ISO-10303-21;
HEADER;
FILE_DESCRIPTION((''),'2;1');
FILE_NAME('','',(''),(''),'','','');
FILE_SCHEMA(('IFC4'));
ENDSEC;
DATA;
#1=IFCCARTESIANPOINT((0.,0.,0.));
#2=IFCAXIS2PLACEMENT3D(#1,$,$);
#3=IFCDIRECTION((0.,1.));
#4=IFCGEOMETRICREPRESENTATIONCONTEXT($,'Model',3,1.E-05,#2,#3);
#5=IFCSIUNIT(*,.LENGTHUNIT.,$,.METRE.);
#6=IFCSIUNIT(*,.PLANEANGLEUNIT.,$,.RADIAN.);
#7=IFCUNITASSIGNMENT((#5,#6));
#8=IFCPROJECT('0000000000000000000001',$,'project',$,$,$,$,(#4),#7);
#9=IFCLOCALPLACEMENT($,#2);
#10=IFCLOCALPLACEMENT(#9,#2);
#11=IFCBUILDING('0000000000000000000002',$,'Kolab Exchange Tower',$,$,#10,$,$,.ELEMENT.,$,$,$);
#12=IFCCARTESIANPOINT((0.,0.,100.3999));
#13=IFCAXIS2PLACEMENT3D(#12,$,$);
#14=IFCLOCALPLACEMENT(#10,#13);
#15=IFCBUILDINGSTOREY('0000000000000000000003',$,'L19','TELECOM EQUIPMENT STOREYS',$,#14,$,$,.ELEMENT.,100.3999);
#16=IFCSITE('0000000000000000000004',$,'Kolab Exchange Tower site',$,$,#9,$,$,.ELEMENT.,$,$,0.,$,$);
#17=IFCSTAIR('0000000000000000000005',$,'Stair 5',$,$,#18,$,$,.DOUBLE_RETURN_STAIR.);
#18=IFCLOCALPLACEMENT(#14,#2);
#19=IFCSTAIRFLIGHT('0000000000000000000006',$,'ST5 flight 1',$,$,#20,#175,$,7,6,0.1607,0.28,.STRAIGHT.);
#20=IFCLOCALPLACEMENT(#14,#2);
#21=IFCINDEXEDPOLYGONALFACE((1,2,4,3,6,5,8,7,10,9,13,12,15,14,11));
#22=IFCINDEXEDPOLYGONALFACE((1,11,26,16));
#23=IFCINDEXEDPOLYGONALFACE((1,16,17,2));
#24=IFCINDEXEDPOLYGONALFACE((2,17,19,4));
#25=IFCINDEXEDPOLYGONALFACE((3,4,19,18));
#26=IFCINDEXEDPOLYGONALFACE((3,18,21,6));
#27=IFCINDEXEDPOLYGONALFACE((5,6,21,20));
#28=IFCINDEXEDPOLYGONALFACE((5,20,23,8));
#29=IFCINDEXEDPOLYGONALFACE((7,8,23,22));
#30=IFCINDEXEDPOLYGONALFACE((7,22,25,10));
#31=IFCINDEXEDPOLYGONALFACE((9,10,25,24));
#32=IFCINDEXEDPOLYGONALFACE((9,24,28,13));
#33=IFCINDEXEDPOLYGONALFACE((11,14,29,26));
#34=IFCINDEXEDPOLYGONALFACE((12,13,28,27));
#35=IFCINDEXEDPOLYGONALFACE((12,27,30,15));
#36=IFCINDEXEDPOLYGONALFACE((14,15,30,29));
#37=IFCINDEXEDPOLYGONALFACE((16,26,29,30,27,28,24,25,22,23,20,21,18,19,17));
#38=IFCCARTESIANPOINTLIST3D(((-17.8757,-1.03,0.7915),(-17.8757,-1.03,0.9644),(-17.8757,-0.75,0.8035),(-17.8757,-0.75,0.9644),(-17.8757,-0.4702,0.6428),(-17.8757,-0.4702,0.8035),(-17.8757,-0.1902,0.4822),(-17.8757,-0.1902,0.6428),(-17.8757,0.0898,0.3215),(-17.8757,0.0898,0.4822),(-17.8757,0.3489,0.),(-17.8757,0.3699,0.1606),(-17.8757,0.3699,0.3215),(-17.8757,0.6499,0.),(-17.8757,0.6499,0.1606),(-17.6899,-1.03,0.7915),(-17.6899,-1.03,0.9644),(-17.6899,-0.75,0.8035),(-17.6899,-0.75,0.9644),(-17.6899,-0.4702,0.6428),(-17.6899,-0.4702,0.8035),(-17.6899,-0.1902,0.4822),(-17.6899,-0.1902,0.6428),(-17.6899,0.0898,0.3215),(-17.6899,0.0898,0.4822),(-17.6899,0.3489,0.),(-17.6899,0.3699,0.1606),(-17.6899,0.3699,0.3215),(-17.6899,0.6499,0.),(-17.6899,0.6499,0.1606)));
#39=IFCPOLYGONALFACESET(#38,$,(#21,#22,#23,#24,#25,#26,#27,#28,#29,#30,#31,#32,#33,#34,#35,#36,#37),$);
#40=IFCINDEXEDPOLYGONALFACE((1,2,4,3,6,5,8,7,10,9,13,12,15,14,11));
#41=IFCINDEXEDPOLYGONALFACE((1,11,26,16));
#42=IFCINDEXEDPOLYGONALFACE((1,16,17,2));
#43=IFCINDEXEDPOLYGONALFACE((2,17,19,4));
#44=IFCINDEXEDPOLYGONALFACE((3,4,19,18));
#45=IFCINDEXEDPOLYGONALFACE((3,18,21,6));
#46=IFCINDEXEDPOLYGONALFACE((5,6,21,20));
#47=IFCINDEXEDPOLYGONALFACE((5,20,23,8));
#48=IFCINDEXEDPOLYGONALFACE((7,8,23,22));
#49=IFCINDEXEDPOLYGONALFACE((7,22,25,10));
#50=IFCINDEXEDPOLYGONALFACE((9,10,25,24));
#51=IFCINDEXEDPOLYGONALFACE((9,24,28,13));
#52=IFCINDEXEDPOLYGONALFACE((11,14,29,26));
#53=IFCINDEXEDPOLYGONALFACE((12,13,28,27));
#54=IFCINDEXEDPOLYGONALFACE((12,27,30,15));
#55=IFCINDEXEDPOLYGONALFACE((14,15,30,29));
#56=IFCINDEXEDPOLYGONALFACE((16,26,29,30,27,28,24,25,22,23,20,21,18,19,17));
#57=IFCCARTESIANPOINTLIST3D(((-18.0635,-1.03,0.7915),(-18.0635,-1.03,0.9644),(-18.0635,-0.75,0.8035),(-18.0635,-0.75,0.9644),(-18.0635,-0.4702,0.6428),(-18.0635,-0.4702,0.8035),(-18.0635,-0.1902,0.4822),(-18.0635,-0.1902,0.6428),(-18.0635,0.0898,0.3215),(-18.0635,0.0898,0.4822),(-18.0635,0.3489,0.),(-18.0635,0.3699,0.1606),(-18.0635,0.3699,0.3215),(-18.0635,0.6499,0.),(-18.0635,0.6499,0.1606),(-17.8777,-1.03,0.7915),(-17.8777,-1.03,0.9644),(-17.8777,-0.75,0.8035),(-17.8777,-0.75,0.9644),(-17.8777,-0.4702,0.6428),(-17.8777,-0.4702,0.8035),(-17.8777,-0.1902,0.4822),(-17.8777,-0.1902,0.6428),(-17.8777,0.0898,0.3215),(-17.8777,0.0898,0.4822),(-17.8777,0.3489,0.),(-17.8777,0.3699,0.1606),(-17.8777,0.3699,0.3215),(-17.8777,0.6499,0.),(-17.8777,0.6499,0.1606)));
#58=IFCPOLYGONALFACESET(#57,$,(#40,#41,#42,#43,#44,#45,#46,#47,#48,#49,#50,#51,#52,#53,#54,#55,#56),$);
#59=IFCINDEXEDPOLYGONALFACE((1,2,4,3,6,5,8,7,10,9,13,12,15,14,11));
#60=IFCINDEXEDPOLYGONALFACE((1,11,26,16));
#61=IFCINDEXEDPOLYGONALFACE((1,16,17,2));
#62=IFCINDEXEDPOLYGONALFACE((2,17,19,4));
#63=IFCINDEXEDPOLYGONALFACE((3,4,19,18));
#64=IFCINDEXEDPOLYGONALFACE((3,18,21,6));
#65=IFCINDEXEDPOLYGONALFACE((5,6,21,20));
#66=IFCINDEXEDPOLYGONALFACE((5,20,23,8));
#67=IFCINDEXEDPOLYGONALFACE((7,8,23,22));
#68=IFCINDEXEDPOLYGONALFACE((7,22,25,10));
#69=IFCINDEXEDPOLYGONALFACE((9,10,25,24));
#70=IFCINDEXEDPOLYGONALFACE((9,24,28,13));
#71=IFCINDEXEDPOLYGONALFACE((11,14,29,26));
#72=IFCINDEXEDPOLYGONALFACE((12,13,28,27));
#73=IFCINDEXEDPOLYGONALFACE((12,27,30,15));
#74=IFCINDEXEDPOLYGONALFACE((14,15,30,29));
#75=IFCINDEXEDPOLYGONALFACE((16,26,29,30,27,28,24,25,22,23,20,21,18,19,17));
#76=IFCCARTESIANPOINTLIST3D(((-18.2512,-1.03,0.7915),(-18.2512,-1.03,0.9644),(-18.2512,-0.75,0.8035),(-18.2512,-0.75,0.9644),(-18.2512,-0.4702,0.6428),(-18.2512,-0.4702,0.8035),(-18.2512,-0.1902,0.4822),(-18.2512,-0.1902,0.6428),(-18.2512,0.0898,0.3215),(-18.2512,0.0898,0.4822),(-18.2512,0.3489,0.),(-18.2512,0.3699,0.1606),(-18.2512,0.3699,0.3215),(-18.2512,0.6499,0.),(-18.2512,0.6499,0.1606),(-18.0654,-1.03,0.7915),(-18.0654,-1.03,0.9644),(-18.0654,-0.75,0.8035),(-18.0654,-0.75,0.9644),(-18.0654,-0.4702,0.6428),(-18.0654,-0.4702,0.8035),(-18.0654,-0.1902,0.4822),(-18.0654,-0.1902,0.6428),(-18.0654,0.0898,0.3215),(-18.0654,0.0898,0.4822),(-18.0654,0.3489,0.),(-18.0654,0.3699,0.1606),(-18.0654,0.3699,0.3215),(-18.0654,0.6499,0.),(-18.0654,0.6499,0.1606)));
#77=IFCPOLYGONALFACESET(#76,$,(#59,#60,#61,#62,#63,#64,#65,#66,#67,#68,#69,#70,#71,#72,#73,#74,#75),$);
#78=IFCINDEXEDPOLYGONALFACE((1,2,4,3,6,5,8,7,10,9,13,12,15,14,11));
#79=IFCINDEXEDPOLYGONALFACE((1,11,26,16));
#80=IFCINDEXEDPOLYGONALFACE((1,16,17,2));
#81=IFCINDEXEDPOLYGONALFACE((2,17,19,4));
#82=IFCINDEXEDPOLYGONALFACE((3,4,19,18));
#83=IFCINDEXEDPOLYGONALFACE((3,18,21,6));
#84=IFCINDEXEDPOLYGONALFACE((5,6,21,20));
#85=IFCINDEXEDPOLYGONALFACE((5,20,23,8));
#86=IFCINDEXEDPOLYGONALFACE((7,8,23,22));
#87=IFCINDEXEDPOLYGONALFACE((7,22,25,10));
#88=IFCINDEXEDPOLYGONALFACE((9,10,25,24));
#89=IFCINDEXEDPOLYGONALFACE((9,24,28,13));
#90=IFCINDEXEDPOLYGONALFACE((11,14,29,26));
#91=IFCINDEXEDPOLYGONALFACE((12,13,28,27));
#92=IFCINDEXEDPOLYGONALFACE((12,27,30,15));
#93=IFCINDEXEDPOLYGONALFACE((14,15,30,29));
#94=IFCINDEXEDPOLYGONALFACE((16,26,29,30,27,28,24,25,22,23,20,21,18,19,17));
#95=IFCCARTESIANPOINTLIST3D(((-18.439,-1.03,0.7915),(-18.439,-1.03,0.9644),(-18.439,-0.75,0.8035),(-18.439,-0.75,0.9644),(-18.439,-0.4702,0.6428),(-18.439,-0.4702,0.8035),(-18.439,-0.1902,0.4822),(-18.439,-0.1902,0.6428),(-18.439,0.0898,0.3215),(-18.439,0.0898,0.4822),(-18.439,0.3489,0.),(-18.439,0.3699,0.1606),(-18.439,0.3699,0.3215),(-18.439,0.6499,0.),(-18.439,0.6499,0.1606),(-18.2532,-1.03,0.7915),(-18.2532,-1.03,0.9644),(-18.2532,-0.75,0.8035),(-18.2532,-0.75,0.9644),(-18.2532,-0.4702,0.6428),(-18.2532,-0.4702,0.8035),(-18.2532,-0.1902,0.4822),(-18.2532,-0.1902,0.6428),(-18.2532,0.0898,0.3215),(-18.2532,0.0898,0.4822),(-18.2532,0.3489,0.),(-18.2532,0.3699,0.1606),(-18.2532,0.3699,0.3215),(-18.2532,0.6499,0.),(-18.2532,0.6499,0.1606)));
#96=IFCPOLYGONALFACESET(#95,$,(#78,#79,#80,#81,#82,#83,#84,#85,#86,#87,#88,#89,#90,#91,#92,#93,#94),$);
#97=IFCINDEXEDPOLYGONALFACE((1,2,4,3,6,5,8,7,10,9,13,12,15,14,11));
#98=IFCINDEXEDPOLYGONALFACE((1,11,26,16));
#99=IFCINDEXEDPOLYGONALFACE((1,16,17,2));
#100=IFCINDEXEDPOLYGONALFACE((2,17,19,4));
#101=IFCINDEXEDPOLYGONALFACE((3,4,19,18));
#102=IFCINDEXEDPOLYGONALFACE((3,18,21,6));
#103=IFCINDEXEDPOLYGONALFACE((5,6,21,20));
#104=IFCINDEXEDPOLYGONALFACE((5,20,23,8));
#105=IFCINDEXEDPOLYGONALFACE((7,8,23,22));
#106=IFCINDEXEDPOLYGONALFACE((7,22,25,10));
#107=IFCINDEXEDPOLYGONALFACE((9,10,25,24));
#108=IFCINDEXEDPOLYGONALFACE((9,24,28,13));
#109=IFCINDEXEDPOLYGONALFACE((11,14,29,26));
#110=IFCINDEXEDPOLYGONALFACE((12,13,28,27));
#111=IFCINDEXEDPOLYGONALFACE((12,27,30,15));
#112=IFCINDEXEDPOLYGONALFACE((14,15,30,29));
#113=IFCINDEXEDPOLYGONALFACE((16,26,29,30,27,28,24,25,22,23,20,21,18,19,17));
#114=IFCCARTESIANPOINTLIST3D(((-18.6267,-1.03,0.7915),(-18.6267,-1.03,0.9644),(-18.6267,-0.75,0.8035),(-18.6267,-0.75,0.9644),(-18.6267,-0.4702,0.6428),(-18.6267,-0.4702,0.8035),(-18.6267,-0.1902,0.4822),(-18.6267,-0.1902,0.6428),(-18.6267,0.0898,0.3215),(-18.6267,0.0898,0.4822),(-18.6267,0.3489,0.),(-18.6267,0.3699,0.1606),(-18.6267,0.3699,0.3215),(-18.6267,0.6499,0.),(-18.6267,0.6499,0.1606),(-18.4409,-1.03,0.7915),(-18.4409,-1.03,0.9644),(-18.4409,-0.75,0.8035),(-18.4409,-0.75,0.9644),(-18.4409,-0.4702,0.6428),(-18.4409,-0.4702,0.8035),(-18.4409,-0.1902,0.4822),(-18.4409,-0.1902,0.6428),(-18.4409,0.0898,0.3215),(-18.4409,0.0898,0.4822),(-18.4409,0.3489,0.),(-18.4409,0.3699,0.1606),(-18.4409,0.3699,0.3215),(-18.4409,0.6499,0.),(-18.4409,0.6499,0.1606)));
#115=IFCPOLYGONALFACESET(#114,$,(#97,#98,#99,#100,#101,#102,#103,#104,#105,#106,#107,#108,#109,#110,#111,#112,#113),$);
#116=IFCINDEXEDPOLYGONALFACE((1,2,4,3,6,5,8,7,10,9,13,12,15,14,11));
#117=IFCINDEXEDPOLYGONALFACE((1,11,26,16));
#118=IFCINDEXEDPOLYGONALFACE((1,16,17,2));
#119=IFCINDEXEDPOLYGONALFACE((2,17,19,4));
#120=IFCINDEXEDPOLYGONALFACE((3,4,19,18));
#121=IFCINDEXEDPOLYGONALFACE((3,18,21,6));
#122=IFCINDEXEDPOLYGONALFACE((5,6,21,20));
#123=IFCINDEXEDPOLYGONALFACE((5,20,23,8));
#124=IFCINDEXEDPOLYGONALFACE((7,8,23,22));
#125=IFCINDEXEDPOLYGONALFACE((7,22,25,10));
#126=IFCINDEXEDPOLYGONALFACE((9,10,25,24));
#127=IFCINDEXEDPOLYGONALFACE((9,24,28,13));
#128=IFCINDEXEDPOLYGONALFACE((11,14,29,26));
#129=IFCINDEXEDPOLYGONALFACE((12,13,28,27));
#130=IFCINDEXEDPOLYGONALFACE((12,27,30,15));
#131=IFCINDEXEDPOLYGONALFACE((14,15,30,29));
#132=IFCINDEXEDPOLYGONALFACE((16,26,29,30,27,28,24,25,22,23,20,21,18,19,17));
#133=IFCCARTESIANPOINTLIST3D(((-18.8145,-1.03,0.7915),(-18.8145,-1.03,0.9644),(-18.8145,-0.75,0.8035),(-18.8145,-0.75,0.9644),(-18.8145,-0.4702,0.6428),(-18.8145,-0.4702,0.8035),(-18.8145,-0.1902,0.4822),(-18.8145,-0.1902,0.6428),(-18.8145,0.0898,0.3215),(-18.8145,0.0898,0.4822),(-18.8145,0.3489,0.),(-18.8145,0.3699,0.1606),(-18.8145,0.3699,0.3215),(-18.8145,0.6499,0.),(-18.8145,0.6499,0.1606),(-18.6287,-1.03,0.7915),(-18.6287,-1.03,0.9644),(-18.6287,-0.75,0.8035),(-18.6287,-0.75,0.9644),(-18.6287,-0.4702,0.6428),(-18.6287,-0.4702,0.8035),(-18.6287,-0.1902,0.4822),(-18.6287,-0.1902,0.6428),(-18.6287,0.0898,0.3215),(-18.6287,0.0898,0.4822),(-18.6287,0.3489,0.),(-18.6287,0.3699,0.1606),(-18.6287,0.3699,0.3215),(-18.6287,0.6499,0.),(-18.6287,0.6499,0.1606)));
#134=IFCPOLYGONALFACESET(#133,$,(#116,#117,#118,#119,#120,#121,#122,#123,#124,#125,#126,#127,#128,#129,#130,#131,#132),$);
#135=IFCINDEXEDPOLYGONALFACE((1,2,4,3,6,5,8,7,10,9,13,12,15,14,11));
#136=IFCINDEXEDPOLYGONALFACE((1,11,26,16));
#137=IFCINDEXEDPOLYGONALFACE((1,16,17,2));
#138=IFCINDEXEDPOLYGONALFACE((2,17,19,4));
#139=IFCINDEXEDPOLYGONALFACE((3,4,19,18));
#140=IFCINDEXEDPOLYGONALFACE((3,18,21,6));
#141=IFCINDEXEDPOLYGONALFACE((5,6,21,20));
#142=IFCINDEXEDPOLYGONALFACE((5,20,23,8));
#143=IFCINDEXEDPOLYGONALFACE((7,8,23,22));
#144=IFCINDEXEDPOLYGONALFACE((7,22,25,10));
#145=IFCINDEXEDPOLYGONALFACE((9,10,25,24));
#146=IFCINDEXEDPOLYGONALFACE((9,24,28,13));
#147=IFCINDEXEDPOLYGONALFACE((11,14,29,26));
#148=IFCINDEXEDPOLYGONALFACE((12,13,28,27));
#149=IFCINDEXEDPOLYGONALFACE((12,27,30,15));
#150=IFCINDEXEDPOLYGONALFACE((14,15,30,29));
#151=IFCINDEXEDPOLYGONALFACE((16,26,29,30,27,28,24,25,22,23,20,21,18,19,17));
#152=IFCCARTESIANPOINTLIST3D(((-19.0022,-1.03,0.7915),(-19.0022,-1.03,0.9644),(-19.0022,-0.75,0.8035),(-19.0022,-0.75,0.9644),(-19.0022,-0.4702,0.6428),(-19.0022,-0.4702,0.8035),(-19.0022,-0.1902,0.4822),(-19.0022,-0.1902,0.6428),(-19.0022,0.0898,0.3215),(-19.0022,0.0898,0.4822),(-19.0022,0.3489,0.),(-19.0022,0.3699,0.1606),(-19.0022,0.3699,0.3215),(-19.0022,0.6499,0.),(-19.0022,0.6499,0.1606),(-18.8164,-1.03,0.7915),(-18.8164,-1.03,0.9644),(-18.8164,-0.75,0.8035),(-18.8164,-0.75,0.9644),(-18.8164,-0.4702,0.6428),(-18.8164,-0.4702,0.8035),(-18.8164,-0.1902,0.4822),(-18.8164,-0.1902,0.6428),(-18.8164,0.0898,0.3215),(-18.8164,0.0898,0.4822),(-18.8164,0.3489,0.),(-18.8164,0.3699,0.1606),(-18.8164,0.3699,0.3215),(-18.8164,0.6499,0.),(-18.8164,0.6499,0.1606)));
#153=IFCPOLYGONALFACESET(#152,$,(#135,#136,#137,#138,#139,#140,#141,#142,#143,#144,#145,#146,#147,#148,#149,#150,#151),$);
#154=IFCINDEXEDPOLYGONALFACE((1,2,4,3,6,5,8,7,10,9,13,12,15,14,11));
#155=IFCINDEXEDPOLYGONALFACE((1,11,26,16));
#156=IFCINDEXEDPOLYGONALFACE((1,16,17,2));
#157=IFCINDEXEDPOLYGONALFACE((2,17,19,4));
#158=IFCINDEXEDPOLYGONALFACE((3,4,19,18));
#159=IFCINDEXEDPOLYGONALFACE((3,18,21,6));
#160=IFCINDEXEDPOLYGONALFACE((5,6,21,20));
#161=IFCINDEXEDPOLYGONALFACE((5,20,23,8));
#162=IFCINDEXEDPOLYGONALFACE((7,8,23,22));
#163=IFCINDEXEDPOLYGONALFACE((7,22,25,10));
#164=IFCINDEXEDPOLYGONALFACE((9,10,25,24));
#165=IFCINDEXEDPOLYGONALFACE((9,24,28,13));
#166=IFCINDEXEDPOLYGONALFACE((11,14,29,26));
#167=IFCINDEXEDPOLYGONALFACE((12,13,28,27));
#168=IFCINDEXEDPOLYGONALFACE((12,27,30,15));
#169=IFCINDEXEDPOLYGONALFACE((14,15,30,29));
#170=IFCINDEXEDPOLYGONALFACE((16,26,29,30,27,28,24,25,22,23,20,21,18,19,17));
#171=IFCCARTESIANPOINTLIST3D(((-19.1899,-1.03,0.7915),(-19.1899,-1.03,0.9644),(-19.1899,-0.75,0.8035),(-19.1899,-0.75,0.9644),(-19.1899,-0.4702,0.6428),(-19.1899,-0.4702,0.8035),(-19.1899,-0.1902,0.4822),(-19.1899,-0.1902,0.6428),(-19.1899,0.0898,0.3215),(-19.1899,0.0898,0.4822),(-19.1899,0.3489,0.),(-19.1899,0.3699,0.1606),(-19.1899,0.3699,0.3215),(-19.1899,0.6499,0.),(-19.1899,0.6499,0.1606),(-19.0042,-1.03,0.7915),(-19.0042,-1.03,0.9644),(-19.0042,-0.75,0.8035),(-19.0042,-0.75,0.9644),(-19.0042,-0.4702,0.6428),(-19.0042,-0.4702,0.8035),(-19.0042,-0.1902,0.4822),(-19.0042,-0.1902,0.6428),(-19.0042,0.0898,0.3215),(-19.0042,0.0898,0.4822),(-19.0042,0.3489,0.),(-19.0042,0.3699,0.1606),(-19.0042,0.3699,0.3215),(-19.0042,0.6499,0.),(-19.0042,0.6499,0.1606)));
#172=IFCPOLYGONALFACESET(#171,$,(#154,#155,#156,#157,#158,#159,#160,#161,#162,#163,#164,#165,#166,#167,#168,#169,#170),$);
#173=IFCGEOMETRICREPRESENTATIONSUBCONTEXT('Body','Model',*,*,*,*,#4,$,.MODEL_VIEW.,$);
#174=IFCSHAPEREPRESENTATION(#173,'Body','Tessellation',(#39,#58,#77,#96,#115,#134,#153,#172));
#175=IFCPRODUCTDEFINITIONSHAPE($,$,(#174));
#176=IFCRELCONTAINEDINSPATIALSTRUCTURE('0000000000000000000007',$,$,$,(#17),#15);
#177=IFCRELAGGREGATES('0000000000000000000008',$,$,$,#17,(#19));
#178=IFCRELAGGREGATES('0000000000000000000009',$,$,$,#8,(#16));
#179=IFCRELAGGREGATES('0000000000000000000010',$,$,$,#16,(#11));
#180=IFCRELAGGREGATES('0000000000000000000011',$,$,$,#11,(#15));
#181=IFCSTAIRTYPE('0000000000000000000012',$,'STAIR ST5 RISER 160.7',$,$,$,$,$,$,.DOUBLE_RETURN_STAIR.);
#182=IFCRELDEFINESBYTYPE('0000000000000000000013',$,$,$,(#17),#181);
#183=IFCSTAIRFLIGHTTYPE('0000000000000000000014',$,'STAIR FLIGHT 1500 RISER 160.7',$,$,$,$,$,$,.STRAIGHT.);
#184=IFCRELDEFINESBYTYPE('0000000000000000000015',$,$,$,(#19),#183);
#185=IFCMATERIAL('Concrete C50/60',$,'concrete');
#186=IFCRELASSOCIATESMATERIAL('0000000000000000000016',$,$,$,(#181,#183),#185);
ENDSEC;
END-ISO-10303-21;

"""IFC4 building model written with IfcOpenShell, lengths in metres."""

from ifc_helpers import new_model, si_unit, direction, frame, origin, place, context, subcontext, project, spatial, polyline, outline, extrude, material, type_object, element, aggregate, save


model = new_model("IFC4")

# Units and contexts
model_context = context("Model", 3, precision=1e-05, world=origin(), true_north=direction((0.0, 1.0)))
body_context = subcontext(model_context, "Body", "Model", "MODEL_VIEW")
ifc_project = project(units=[si_unit("LENGTHUNIT", "METRE"), si_unit("PLANEANGLEUNIT", "RADIAN")], contexts=[model_context])

# Site, building, storey
site_placement = place(None, origin())
site = spatial("IfcSite", under=ifc_project, at=site_placement, Name="Kolab Exchange Tower site", CompositionType="ELEMENT", RefElevation=0.0)
building_placement = place(site_placement, origin())
building = spatial("IfcBuilding", under=site, at=building_placement, Name="Kolab Exchange Tower", CompositionType="ELEMENT")
storey_placement = place(building_placement, frame((0.0, 0.0, 100.3999)))
storey = spatial("IfcBuildingStorey", under=building, at=storey_placement, Name="L19", Description="TELECOM EQUIPMENT STOREYS", CompositionType="ELEMENT", Elevation=100.3999)

# Shared definitions
ifc_material_1 = material(Name="Concrete C50/60", Category="concrete")

# Stair, stair flight
stair_type = type_object("IfcStairType", Name="STAIR ST5 RISER 160.7", PredefinedType="DOUBLE_RETURN_STAIR", material=ifc_material_1)
stair_placement = place(storey_placement, origin())
stair = element("IfcStair", 1, at=stair_placement, inside=storey, type_object=stair_type, Name="Stair 5", PredefinedType="DOUBLE_RETURN_STAIR")
stair_flight_type = type_object("IfcStairFlightType", Name="STAIR FLIGHT 1500 RISER 160.7", PredefinedType="STRAIGHT", material=ifc_material_1)
stair_flight_1_placement = place(storey_placement, frame((-18.4399, 0.6499, 0.0), z_axis=(0.0, 0.0, 1.0), x_axis=(0.0, -1.0, 0.0)))
stair_flight_1 = element("IfcStairFlight", 2, at=stair_flight_1_placement, type_object=stair_flight_type, Name="ST5 flight 1", NumberOfRisers=7, NumberOfTreads=6, PredefinedType="STRAIGHT", RiserHeight=0.1607, TreadLength=0.28, context=body_context, shape_type="SweptSolid", body=[
    extrude(outline(polyline([(0.0, 0.0), (0.0, 0.1606), (0.28, 0.1606), (0.28, 0.3215), (0.5601, 0.3215), (0.5601, 0.4822), (0.8401, 0.4822), (0.8401, 0.6428), (1.1201, 0.6428), (1.1201, 0.8035), (1.3999, 0.8035), (1.3999, 0.9644), (1.6799, 0.9644), (1.6799, 1.125), (1.6799, 0.7915), (0.301, 0.0), (0.0, 0.0)])), frame((0.0, 0.75, 0.0), z_axis=(0.0, -1.0, 0.0), x_axis=(1.0, 0.0, 0.0)), (0.0, 0.0, 1.0), 0.1858),
    extrude(outline(polyline([(0.0, 0.0), (0.0, 0.1606), (0.28, 0.1606), (0.28, 0.3215), (0.5601, 0.3215), (0.5601, 0.4822), (0.8401, 0.4822), (0.8401, 0.6428), (1.1201, 0.6428), (1.1201, 0.8035), (1.3999, 0.8035), (1.3999, 0.9644), (1.6799, 0.9644), (1.6799, 1.125), (1.6799, 0.7915), (0.301, 0.0), (0.0, 0.0)])), frame((0.0, 0.5623, 0.0), z_axis=(0.0, -1.0, 0.0), x_axis=(1.0, 0.0, 0.0)), (0.0, 0.0, 1.0), 0.1858),
    extrude(outline(polyline([(0.0, 0.0), (0.0, 0.1606), (0.28, 0.1606), (0.28, 0.3215), (0.5601, 0.3215), (0.5601, 0.4822), (0.8401, 0.4822), (0.8401, 0.6428), (1.1201, 0.6428), (1.1201, 0.8035), (1.3999, 0.8035), (1.3999, 0.9644), (1.6799, 0.9644), (1.6799, 1.125), (1.6799, 0.7915), (0.301, 0.0), (0.0, 0.0)])), frame((0.0, 0.3745, 0.0), z_axis=(0.0, -1.0, 0.0), x_axis=(1.0, 0.0, 0.0)), (0.0, 0.0, 1.0), 0.1858),
    extrude(outline(polyline([(0.0, 0.0), (0.0, 0.1606), (0.28, 0.1606), (0.28, 0.3215), (0.5601, 0.3215), (0.5601, 0.4822), (0.8401, 0.4822), (0.8401, 0.6428), (1.1201, 0.6428), (1.1201, 0.8035), (1.3999, 0.8035), (1.3999, 0.9644), (1.6799, 0.9644), (1.6799, 1.125), (1.6799, 0.7915), (0.301, 0.0), (0.0, 0.0)])), frame((0.0, 0.1868, 0.0), z_axis=(0.0, -1.0, 0.0), x_axis=(1.0, 0.0, 0.0)), (0.0, 0.0, 1.0), 0.1858),
    extrude(outline(polyline([(0.0, 0.0), (0.0, 0.1606), (0.28, 0.1606), (0.28, 0.3215), (0.5601, 0.3215), (0.5601, 0.4822), (0.8401, 0.4822), (0.8401, 0.6428), (1.1201, 0.6428), (1.1201, 0.8035), (1.3999, 0.8035), (1.3999, 0.9644), (1.6799, 0.9644), (1.6799, 1.125), (1.6799, 0.7915), (0.301, 0.0), (0.0, 0.0)])), frame((0.0, -0.001, 0.0), z_axis=(0.0, -1.0, 0.0), x_axis=(1.0, 0.0, 0.0)), (0.0, 0.0, 1.0), 0.1858),
    extrude(outline(polyline([(0.0, 0.0), (0.0, 0.1606), (0.28, 0.1606), (0.28, 0.3215), (0.5601, 0.3215), (0.5601, 0.4822), (0.8401, 0.4822), (0.8401, 0.6428), (1.1201, 0.6428), (1.1201, 0.8035), (1.3999, 0.8035), (1.3999, 0.9644), (1.6799, 0.9644), (1.6799, 1.125), (1.6799, 0.7915), (0.301, 0.0), (0.0, 0.0)])), frame((0.0, -0.1887, 0.0), z_axis=(0.0, -1.0, 0.0), x_axis=(1.0, 0.0, 0.0)), (0.0, 0.0, 1.0), 0.1858),
    extrude(outline(polyline([(0.0, 0.0), (0.0, 0.1606), (0.28, 0.1606), (0.28, 0.3215), (0.5601, 0.3215), (0.5601, 0.4822), (0.8401, 0.4822), (0.8401, 0.6428), (1.1201, 0.6428), (1.1201, 0.8035), (1.3999, 0.8035), (1.3999, 0.9644), (1.6799, 0.9644), (1.6799, 1.125), (1.6799, 0.7915), (0.301, 0.0), (0.0, 0.0)])), frame((0.0, -0.3765, 0.0), z_axis=(0.0, -1.0, 0.0), x_axis=(1.0, 0.0, 0.0)), (0.0, 0.0, 1.0), 0.1858),
    extrude(outline(polyline([(0.0, 0.0), (0.0, 0.1606), (0.28, 0.1606), (0.28, 0.3215), (0.5601, 0.3215), (0.5601, 0.4822), (0.8401, 0.4822), (0.8401, 0.6428), (1.1201, 0.6428), (1.1201, 0.8035), (1.3999, 0.8035), (1.3999, 0.9644), (1.6799, 0.9644), (1.6799, 1.125), (1.6799, 0.7915), (0.301, 0.0), (0.0, 0.0)])), frame((0.0, -0.5642, 0.0), z_axis=(0.0, -1.0, 0.0), x_axis=(1.0, 0.0, 0.0)), (0.0, 0.0, 1.0), 0.1858),
])
aggregate(stair, [stair_flight_1])

save(model, "model.ifc")
